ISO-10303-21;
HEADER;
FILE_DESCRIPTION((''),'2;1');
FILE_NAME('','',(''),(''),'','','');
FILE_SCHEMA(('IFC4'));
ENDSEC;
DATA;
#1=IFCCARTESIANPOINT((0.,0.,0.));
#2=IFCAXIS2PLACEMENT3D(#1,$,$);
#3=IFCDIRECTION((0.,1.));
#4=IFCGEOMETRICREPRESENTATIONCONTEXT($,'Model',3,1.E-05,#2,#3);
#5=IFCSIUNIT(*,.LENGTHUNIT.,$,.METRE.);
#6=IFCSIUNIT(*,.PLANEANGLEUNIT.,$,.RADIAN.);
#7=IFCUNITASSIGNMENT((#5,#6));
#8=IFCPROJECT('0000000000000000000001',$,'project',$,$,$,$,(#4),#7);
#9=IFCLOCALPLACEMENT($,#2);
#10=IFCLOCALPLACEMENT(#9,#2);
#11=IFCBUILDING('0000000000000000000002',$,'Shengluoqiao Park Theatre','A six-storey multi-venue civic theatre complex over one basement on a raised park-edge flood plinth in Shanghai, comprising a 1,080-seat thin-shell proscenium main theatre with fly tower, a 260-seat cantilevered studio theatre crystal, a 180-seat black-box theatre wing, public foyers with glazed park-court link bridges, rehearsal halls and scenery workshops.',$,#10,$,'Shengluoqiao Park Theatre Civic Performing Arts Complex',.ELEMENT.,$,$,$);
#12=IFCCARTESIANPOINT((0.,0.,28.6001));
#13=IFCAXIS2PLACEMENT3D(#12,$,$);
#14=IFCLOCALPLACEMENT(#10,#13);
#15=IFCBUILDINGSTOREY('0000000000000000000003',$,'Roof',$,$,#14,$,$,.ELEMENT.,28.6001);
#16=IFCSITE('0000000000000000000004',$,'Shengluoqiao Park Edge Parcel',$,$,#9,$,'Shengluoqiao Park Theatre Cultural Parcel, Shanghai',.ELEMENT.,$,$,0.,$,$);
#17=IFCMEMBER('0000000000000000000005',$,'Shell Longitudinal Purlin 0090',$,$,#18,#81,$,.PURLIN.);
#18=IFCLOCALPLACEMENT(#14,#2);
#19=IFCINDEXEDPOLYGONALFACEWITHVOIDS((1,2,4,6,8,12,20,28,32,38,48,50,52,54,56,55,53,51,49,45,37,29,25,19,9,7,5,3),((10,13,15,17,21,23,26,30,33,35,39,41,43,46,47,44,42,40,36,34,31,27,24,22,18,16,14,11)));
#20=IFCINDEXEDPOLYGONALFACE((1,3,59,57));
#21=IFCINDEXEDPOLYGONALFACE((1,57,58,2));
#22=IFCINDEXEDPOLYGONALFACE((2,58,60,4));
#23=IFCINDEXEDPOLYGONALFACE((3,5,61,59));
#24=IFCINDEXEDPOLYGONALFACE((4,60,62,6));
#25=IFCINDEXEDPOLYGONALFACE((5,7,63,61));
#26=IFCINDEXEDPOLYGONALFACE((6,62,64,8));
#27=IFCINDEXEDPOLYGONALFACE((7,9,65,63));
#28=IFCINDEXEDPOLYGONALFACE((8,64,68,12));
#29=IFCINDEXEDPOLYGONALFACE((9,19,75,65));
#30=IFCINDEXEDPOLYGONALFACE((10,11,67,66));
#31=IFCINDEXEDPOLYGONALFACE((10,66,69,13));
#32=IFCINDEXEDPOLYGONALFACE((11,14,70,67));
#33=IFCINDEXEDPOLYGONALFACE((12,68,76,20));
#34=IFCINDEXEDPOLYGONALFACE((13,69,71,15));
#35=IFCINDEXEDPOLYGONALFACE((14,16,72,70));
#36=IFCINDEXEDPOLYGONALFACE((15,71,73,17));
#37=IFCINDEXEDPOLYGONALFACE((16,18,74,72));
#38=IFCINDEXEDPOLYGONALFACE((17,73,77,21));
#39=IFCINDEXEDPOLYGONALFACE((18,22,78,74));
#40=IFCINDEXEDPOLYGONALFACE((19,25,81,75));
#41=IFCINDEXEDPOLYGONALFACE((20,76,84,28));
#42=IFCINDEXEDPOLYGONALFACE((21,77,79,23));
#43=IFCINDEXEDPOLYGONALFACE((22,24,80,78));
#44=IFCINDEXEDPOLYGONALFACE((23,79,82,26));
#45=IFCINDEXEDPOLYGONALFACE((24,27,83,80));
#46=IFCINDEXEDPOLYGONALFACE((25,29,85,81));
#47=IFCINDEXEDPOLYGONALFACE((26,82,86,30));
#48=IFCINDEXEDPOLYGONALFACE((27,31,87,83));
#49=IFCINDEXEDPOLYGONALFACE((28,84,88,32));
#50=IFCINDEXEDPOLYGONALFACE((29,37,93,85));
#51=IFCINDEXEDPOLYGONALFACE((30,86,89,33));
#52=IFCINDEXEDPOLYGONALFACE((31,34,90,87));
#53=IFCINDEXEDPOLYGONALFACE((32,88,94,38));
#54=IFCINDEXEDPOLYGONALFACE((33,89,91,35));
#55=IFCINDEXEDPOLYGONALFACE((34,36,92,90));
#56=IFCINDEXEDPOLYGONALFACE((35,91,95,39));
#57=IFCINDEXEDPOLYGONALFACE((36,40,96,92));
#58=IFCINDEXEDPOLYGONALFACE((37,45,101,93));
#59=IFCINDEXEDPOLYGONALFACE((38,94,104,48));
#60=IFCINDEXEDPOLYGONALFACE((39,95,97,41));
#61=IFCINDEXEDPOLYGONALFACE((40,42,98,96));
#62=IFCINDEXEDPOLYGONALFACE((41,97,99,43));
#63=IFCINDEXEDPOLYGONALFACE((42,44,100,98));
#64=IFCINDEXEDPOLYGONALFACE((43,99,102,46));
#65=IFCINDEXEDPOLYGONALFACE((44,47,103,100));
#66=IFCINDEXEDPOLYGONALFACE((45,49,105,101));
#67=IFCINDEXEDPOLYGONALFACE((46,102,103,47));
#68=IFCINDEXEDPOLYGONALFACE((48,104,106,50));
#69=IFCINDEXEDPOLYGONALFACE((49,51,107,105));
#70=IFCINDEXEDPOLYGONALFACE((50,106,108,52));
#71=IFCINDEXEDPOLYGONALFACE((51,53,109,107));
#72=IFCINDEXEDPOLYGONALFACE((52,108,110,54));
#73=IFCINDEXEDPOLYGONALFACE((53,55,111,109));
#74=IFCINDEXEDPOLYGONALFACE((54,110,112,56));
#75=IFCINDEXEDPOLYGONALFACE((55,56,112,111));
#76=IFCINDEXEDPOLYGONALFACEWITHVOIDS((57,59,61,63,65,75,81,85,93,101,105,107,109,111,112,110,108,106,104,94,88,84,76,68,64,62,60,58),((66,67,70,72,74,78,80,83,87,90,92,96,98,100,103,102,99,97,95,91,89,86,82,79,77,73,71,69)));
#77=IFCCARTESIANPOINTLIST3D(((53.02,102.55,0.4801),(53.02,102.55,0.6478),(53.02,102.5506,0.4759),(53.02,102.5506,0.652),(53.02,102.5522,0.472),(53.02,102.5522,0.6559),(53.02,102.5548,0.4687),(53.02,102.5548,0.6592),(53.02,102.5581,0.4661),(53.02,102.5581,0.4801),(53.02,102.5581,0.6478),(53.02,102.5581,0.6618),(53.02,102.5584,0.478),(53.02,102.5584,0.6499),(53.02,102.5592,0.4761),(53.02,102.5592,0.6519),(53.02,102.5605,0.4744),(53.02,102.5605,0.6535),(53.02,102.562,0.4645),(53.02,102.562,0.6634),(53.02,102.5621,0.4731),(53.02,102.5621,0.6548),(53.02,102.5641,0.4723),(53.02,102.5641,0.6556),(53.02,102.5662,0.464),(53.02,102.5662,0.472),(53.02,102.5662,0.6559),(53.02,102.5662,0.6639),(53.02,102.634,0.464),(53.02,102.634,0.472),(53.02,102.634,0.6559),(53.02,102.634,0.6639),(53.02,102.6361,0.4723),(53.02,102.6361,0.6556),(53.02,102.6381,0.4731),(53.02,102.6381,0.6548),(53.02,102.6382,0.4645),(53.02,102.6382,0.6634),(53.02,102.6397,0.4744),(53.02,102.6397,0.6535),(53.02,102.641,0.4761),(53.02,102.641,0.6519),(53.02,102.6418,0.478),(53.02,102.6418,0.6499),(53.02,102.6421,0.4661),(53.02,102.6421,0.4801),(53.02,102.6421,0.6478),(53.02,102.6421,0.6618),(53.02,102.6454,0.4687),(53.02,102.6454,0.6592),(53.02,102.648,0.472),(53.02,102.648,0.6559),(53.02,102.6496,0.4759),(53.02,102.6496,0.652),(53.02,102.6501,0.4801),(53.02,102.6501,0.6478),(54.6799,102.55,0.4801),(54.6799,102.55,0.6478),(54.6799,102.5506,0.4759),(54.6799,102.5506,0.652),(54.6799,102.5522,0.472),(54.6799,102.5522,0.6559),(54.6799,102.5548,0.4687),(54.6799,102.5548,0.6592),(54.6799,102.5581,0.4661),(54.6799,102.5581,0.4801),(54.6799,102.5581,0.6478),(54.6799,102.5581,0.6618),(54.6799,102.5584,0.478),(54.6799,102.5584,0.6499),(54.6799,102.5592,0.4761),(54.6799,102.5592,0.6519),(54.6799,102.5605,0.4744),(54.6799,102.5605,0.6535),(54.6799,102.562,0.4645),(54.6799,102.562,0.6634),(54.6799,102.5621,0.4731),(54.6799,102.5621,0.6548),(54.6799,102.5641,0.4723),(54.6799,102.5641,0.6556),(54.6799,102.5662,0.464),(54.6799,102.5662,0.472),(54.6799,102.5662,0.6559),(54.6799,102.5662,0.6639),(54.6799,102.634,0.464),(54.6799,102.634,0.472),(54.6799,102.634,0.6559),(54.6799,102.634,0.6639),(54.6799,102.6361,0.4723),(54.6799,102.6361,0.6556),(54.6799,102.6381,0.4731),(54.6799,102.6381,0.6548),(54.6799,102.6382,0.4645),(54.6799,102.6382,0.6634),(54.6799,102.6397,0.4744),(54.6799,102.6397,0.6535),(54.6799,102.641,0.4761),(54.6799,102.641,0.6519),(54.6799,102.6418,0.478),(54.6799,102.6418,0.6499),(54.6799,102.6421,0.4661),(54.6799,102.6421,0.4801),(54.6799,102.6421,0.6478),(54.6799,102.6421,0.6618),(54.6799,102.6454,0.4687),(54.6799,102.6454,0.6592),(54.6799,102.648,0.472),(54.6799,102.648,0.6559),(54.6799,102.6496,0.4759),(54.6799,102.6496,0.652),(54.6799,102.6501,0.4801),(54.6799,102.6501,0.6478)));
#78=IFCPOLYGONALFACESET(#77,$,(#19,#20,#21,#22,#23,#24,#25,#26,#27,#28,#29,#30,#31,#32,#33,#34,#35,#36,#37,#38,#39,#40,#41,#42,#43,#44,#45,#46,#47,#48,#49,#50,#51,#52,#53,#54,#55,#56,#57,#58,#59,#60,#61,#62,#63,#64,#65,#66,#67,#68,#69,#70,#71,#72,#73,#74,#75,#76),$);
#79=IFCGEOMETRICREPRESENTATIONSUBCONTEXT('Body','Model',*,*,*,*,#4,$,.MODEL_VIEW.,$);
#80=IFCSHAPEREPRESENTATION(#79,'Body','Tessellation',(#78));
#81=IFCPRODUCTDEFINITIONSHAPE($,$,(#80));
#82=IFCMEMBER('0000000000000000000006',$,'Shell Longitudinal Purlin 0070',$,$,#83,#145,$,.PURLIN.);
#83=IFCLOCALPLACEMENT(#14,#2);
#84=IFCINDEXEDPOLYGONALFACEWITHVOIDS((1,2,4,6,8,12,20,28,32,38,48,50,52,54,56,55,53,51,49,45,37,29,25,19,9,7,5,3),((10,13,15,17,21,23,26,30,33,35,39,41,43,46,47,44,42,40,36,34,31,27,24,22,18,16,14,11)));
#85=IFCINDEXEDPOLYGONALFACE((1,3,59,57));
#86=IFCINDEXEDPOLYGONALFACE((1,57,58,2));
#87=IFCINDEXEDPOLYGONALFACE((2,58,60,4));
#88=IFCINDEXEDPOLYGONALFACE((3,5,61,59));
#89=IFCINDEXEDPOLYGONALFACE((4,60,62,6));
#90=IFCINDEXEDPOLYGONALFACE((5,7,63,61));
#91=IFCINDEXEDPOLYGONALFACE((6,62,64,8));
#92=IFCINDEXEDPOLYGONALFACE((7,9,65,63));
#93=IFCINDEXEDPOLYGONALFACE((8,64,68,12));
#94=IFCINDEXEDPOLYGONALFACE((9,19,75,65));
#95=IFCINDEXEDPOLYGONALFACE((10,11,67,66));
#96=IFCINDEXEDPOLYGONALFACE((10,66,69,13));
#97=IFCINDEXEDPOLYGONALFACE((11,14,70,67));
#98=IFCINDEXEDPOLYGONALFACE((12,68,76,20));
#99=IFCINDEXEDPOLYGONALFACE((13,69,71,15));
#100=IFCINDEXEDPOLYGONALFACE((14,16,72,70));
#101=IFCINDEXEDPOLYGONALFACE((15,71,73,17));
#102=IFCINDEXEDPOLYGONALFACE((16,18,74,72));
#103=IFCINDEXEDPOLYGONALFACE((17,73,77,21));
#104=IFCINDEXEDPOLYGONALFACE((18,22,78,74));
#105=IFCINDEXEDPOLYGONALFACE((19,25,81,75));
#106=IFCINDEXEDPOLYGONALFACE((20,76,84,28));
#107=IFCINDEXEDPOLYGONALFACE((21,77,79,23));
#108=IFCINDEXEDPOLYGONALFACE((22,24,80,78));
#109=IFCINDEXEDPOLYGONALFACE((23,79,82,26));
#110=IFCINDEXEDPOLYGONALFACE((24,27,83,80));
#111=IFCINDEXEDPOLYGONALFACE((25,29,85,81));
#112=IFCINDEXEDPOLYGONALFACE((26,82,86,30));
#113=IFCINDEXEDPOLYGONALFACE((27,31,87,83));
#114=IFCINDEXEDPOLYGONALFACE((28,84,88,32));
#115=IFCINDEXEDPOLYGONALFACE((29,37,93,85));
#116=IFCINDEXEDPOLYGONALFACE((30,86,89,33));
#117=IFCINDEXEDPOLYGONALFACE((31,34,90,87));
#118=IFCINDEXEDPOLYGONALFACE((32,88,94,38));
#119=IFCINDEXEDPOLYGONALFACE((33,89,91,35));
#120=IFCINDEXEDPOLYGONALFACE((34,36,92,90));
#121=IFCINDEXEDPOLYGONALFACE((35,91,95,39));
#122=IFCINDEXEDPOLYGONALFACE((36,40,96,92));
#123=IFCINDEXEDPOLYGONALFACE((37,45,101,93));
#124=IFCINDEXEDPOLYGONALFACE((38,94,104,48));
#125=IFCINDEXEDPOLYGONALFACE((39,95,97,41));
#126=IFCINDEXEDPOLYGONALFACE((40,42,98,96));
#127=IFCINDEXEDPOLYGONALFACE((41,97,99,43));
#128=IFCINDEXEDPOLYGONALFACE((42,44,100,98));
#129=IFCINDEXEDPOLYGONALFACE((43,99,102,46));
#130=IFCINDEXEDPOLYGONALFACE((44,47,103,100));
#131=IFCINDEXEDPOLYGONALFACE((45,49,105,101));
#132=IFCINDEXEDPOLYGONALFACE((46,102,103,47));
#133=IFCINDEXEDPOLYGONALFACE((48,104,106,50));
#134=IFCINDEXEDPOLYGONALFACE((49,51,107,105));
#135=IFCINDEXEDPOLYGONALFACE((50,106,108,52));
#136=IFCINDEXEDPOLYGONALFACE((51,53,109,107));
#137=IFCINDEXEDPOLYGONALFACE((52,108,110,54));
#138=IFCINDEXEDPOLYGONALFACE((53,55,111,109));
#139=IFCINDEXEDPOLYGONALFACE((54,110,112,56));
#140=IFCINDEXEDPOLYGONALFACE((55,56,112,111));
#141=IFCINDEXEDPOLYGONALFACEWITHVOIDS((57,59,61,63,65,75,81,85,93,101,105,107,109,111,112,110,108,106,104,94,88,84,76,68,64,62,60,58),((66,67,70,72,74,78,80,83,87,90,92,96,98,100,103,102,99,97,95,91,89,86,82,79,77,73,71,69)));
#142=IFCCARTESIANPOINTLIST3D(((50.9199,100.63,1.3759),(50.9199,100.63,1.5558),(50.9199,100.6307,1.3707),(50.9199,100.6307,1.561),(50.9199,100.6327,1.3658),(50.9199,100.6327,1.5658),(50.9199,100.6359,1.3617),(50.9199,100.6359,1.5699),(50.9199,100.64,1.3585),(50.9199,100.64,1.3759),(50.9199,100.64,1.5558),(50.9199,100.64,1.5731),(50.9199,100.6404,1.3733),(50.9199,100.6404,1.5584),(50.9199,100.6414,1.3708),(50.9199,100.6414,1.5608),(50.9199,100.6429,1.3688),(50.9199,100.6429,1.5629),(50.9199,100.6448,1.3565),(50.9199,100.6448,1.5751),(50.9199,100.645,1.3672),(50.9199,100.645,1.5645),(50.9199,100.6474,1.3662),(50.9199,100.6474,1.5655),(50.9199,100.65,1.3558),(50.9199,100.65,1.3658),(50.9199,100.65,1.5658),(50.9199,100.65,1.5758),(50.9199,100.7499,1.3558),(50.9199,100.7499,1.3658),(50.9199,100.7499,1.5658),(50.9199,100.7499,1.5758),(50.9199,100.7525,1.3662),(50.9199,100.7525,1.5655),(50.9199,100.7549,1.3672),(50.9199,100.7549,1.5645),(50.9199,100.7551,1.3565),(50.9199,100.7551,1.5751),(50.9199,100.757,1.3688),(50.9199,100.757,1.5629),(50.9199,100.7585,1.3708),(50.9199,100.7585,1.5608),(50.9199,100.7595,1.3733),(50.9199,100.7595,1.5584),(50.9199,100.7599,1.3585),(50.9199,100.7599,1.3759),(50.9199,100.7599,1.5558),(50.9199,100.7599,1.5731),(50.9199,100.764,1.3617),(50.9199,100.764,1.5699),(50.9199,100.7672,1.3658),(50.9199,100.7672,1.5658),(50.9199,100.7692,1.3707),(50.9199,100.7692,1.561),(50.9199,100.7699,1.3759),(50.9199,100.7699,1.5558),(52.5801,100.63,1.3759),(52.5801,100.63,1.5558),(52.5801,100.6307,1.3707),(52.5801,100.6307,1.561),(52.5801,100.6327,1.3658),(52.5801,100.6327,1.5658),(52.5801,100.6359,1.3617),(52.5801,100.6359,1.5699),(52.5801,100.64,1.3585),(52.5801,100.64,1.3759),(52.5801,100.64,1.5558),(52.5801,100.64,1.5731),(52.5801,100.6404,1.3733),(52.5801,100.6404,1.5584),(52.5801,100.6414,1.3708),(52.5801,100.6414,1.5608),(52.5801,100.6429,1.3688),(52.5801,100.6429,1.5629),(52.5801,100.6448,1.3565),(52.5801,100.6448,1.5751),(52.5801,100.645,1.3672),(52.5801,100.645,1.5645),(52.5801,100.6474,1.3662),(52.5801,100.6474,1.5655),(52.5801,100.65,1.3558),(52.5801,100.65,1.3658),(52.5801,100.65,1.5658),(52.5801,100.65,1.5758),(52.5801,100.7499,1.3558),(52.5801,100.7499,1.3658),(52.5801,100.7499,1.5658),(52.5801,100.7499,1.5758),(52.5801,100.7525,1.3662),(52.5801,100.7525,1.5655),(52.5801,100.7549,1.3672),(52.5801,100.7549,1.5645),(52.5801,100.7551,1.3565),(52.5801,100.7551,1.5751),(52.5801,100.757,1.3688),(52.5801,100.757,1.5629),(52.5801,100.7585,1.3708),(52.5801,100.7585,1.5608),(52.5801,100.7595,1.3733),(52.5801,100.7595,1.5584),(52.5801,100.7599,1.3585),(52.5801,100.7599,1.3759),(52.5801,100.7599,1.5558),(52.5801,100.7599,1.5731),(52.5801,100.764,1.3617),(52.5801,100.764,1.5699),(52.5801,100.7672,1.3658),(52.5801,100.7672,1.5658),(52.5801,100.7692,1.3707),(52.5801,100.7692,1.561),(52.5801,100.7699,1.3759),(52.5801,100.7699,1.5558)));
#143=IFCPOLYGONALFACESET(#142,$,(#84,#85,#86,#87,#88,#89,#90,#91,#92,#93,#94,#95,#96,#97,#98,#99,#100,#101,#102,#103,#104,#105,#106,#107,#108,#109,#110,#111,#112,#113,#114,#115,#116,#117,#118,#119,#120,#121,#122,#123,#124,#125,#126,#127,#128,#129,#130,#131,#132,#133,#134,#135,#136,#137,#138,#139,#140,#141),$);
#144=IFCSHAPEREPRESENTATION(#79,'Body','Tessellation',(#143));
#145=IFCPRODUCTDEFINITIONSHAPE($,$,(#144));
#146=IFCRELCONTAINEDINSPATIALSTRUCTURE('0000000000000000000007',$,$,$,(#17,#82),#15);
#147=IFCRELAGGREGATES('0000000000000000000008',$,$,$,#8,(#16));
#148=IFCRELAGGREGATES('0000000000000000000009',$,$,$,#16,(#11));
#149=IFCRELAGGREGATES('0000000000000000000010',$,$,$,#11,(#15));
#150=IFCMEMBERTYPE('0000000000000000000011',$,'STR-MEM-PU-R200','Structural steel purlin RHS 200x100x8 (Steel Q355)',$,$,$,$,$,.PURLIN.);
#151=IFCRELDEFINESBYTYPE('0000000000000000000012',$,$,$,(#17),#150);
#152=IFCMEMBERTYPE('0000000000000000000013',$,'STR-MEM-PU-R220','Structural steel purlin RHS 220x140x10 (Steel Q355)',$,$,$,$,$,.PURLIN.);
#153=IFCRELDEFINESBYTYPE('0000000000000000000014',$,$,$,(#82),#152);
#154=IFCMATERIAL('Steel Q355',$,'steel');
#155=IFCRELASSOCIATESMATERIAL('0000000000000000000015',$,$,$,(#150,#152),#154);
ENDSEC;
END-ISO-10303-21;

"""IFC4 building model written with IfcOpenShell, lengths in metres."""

from ifc_helpers import new_model, si_unit, direction, frame, origin, origin_2d, place, context, subcontext, project, spatial, hollow_rectangle, extrude, material, material_profile, profile_set, type_object, element, save


model = new_model("IFC4")

# Units and contexts
model_context = context("Model", 3, precision=1e-05, world=origin(), true_north=direction((0.0, 1.0)))
body_context = subcontext(model_context, "Body", "Model", "MODEL_VIEW")
ifc_project = project(units=[si_unit("LENGTHUNIT", "METRE"), si_unit("PLANEANGLEUNIT", "RADIAN")], contexts=[model_context])

# Site, building, storey
site_placement = place(None, origin())
site = spatial("IfcSite", under=ifc_project, at=site_placement, Name="Shengluoqiao Park Edge Parcel", LongName="Shengluoqiao Park Theatre Cultural Parcel, Shanghai", CompositionType="ELEMENT", RefElevation=0.0)
building_placement = place(site_placement, origin())
building = spatial("IfcBuilding", under=site, at=building_placement, Name="Shengluoqiao Park Theatre", Description="A six-storey multi-venue civic theatre complex over one basement on a raised park-edge flood plinth in Shanghai, comprising a 1,080-seat thin-shell proscenium main theatre with fly tower, a 260-seat cantilevered studio theatre crystal, a 180-seat black-box theatre wing, public foyers with glazed park-court link bridges, rehearsal halls and scenery workshops.", LongName="Shengluoqiao Park Theatre Civic Performing Arts Complex", CompositionType="ELEMENT")
storey_placement = place(building_placement, frame((0.0, 0.0, 28.6001)))
storey = spatial("IfcBuildingStorey", under=building, at=storey_placement, Name="Roof", CompositionType="ELEMENT", Elevation=28.6001)

# Shared definitions
ifc_material_1 = material(Name="Steel Q355", Category="steel")

# Members
ifc_material_profile_1 = material_profile(ifc_material_1, hollow_rectangle(XDim=0.1001, YDim=0.2, WallThickness=0.0081, InnerFilletRadius=0.0081, OuterFilletRadius=0.0161, at=origin_2d()), Name="RHS 200x100x8")
ifc_profile_set_1 = profile_set([ifc_material_profile_1], Name="Steel Q355")
member_type_1 = type_object("IfcMemberType", Name="STR-MEM-PU-R200", Description="Structural steel purlin RHS 200x100x8 (Steel Q355)", PredefinedType="PURLIN", material=ifc_profile_set_1)
member_1_placement = place(storey_placement, frame((53.02, 102.6001, 0.564), z_axis=(1.0, 0.0, 0.0), x_axis=(0.0, 1.0, 0.0)))
element("IfcMember", 1, at=member_1_placement, inside=storey, type_object=member_type_1, Name="Shell Longitudinal Purlin 0090", PredefinedType="PURLIN", context=body_context, shape_type="SweptSolid", body=[
    extrude(hollow_rectangle(XDim=0.1001, YDim=0.2, WallThickness=0.0081, InnerFilletRadius=0.0081, OuterFilletRadius=0.0161, at=origin_2d()), origin(), (0.0, 0.0, 1.0), 1.6599),
])
ifc_material_profile_2 = material_profile(ifc_material_1, hollow_rectangle(XDim=0.1399, YDim=0.22, WallThickness=0.01, InnerFilletRadius=0.01, OuterFilletRadius=0.02, at=origin_2d()), Name="RHS 220x140x10")
ifc_profile_set_2 = profile_set([ifc_material_profile_2], Name="Steel Q355")
member_type_2 = type_object("IfcMemberType", Name="STR-MEM-PU-R220", Description="Structural steel purlin RHS 220x140x10 (Steel Q355)", PredefinedType="PURLIN", material=ifc_profile_set_2)
member_2_placement = place(storey_placement, frame((50.9199, 100.7, 1.4658), z_axis=(1.0, 0.0, 0.0), x_axis=(0.0, 1.0, 0.0)))
element("IfcMember", 2, at=member_2_placement, inside=storey, type_object=member_type_2, Name="Shell Longitudinal Purlin 0070", PredefinedType="PURLIN", context=body_context, shape_type="SweptSolid", body=[
    extrude(hollow_rectangle(XDim=0.1399, YDim=0.22, WallThickness=0.01, InnerFilletRadius=0.01, OuterFilletRadius=0.02, at=origin_2d()), origin(), (0.0, 0.0, 1.0), 1.6602),
])

save(model, "model.ifc")
